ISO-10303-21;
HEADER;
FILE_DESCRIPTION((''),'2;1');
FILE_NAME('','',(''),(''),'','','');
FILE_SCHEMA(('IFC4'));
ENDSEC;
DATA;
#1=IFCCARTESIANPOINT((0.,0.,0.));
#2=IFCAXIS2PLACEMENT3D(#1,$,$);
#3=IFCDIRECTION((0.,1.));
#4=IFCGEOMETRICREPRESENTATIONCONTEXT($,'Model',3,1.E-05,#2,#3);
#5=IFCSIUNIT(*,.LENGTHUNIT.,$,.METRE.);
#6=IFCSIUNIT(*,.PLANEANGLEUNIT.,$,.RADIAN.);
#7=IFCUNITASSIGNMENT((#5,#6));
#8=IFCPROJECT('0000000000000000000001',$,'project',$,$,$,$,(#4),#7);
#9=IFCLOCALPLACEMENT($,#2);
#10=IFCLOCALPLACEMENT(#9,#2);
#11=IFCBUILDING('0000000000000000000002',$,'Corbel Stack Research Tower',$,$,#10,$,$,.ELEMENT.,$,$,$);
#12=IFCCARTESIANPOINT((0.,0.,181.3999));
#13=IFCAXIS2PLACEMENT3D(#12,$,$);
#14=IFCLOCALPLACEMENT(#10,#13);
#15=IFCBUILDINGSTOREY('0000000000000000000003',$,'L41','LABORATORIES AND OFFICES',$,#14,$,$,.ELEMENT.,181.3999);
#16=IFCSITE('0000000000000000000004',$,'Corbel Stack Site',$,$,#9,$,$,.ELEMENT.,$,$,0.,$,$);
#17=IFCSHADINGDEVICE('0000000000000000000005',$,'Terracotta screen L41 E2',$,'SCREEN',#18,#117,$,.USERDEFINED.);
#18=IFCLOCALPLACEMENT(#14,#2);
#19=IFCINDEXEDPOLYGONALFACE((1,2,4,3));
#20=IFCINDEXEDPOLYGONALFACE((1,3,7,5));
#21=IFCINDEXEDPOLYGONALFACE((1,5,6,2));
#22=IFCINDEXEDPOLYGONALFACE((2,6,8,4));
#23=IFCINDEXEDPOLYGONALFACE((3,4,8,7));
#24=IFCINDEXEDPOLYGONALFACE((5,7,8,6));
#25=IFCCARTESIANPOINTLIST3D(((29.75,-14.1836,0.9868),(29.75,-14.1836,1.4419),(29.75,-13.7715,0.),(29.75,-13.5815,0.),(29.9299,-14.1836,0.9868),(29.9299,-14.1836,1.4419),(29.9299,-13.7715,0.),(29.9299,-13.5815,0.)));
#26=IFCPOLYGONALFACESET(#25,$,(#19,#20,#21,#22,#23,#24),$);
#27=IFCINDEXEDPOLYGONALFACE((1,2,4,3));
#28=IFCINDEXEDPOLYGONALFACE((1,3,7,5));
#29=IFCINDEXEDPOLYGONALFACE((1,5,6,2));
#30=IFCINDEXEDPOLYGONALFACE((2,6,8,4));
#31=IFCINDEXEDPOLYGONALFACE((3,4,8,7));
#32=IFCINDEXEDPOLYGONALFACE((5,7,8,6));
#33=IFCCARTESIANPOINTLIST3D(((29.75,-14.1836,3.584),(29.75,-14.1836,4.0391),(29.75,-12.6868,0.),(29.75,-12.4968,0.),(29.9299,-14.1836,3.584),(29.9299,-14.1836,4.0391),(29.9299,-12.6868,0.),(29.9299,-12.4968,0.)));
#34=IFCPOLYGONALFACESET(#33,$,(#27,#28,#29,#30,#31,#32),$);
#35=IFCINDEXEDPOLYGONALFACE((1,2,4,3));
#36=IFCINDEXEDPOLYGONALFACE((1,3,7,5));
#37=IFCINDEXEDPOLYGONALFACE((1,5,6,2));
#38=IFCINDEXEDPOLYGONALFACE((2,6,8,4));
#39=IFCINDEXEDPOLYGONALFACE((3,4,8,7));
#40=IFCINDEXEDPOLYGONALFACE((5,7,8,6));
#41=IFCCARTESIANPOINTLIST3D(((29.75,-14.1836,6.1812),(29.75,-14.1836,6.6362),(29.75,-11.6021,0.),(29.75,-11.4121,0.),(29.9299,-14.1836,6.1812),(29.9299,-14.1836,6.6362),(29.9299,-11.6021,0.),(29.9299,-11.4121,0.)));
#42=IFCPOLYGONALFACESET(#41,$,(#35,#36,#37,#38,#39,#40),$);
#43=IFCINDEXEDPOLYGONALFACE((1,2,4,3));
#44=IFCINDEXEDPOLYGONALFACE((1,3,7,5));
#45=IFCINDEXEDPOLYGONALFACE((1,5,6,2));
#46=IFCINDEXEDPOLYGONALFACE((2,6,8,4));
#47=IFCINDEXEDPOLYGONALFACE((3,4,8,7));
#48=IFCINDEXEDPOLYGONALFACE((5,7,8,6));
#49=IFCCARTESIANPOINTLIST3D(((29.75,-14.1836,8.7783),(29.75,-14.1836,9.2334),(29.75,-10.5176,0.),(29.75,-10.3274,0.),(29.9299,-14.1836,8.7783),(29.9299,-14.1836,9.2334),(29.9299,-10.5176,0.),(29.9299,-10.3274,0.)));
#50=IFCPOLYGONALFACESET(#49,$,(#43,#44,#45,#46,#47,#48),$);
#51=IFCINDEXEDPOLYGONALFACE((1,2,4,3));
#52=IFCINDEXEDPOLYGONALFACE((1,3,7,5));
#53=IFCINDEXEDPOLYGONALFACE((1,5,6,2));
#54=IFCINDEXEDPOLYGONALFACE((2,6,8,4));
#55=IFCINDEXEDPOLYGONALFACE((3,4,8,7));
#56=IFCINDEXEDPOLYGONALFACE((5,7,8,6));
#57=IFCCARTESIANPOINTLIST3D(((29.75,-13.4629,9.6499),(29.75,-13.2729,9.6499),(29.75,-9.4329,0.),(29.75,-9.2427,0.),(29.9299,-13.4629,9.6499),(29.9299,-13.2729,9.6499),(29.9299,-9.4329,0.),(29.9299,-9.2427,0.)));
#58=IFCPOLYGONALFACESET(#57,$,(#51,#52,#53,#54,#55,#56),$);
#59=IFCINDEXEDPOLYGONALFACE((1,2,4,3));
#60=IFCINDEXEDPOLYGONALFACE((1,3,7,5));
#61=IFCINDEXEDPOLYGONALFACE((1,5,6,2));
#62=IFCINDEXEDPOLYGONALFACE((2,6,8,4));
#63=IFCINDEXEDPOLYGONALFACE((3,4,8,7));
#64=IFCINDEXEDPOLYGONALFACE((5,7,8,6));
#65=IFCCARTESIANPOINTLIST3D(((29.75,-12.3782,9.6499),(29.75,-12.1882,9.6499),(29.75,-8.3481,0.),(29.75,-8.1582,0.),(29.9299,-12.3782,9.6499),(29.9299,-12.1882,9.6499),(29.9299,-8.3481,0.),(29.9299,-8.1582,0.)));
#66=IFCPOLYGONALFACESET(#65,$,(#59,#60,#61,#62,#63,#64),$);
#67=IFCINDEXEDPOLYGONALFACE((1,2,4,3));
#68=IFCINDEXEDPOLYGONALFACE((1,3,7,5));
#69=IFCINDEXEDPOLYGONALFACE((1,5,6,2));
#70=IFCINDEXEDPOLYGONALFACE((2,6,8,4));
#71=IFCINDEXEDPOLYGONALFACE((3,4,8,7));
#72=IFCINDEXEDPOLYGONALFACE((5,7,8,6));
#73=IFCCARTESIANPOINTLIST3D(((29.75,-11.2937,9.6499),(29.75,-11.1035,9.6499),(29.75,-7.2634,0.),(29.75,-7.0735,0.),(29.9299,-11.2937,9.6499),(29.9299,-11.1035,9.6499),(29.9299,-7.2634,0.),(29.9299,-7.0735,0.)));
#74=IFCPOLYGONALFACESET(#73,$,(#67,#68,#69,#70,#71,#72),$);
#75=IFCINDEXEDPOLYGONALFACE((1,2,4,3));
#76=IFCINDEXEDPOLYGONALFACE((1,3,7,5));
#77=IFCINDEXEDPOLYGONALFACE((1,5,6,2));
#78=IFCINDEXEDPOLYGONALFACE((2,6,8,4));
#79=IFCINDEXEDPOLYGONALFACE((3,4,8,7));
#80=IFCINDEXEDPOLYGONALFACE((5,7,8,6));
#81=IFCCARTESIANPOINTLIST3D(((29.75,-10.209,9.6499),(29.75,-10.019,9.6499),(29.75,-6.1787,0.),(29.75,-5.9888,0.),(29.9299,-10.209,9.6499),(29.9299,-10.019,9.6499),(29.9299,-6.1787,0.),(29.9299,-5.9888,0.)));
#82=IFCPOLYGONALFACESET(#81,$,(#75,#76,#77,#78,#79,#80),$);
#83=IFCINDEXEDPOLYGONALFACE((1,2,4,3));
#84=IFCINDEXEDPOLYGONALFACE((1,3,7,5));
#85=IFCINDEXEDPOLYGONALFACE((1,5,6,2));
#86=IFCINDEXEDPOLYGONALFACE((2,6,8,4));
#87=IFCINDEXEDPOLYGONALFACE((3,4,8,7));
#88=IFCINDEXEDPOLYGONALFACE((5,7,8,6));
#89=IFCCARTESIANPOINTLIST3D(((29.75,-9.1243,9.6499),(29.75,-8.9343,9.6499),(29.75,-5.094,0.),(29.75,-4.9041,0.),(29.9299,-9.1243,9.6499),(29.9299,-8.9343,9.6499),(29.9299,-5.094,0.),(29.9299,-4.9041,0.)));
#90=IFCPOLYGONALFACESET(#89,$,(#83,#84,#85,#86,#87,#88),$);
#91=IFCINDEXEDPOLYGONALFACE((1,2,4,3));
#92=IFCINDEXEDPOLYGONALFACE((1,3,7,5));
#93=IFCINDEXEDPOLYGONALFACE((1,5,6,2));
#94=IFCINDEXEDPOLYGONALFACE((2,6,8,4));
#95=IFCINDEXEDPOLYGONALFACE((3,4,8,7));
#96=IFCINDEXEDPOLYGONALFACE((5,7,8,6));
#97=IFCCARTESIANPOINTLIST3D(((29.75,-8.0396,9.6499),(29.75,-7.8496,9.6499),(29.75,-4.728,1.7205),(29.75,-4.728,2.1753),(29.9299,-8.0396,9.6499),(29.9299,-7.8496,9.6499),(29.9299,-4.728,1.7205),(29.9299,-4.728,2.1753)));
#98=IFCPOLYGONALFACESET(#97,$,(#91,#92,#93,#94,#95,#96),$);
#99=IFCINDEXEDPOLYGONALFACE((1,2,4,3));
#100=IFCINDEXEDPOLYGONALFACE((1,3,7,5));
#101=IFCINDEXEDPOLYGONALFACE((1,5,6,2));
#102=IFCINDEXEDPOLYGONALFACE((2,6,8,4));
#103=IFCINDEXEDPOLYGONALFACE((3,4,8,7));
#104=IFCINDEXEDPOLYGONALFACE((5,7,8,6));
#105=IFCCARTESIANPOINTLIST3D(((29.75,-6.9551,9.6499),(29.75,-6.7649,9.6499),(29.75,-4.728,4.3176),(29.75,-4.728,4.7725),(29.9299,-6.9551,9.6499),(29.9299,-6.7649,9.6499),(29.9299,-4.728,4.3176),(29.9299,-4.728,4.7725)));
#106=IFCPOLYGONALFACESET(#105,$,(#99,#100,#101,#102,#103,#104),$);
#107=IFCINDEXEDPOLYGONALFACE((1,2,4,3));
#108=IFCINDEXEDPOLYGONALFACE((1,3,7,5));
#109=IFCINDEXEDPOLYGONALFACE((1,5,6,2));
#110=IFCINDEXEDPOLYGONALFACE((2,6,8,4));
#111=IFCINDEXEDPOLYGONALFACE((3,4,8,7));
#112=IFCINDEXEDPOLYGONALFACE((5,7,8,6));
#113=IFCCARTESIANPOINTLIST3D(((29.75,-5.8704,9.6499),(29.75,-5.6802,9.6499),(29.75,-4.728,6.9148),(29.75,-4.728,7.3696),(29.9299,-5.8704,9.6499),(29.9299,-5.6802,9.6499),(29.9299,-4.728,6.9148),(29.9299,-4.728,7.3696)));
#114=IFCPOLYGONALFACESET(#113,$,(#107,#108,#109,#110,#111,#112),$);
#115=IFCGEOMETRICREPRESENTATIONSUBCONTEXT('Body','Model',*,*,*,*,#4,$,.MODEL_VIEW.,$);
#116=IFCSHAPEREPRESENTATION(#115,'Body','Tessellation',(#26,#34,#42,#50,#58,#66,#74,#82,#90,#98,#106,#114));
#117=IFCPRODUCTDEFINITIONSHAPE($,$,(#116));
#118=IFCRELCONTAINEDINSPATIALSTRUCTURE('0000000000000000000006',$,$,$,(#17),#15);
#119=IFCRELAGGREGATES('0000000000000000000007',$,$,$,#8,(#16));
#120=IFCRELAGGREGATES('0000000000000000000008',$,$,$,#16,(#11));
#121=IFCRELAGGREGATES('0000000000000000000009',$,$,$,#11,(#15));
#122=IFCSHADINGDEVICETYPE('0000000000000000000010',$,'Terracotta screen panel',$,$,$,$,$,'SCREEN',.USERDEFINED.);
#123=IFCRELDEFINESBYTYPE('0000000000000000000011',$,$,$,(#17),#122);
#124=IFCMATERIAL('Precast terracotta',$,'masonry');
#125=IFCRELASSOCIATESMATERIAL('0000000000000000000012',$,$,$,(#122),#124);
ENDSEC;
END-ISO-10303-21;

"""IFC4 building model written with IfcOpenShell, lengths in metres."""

from ifc_helpers import new_model, si_unit, direction, frame, origin, place, context, subcontext, project, spatial, polyline, outline, extrude, source, transform, mapped, material, type_object, element, save


model = new_model("IFC4")

# Units and contexts
model_context = context("Model", 3, precision=1e-05, world=origin(), true_north=direction((0.0, 1.0)))
body_context = subcontext(model_context, "Body", "Model", "MODEL_VIEW")
ifc_project = project(units=[si_unit("LENGTHUNIT", "METRE"), si_unit("PLANEANGLEUNIT", "RADIAN")], contexts=[model_context])

# Site, building, storey
site_placement = place(None, origin())
site = spatial("IfcSite", under=ifc_project, at=site_placement, Name="Corbel Stack Site", CompositionType="ELEMENT", RefElevation=0.0)
building_placement = place(site_placement, origin())
building = spatial("IfcBuilding", under=site, at=building_placement, Name="Corbel Stack Research Tower", CompositionType="ELEMENT")
storey_placement = place(building_placement, frame((0.0, 0.0, 181.3999)))
storey = spatial("IfcBuildingStorey", under=building, at=storey_placement, Name="L41", Description="LABORATORIES AND OFFICES", CompositionType="ELEMENT", Elevation=181.3999)

# Shading device
ifc_material_1 = material(Name="Precast terracotta", Category="masonry")
shading_device_type = type_object("IfcShadingDeviceType", Name="Terracotta screen panel", ElementType="SCREEN", PredefinedType="USERDEFINED", material=ifc_material_1)
shared_shape_1 = source(origin(), body_context, "Body", "SweptSolid", [
    extrude(outline(polyline([(0.6021, 0.0), (0.0, 1.4419), (0.0, 0.9868), (0.4121, 0.0), (0.6021, 0.0)])), frame((0.0, 0.0, 0.0), z_axis=(0.0, -1.0, 0.0), x_axis=(1.0, 0.0, 0.0)), (0.0, 0.0, 1.0), 0.1799),
    extrude(outline(polyline([(1.6868, 0.0), (0.0, 4.0391), (0.0, 3.584), (1.4968, 0.0), (1.6868, 0.0)])), frame((0.0, 0.0, 0.0), z_axis=(0.0, -1.0, 0.0), x_axis=(1.0, 0.0, 0.0)), (0.0, 0.0, 1.0), 0.1799),
    extrude(outline(polyline([(2.7715, 0.0), (0.0, 6.6362), (0.0, 6.1812), (2.5815, 0.0), (2.7715, 0.0)])), frame((0.0, 0.0, 0.0), z_axis=(0.0, -1.0, 0.0), x_axis=(1.0, 0.0, 0.0)), (0.0, 0.0, 1.0), 0.1799),
    extrude(outline(polyline([(3.8562, 0.0), (0.0, 9.2334), (0.0, 8.7783), (3.666, 0.0), (3.8562, 0.0)])), frame((0.0, 0.0, 0.0), z_axis=(0.0, -1.0, 0.0), x_axis=(1.0, 0.0, 0.0)), (0.0, 0.0, 1.0), 0.1799),
    extrude(outline(polyline([(4.9409, 0.0), (0.9106, 9.6499), (0.7207, 9.6499), (4.7507, 0.0), (4.9409, 0.0)])), frame((0.0, 0.0, 0.0), z_axis=(0.0, -1.0, 0.0), x_axis=(1.0, 0.0, 0.0)), (0.0, 0.0, 1.0), 0.1799),
    extrude(outline(polyline([(6.0254, 0.0), (1.9954, 9.6499), (1.8054, 9.6499), (5.8354, 0.0), (6.0254, 0.0)])), frame((0.0, 0.0, 0.0), z_axis=(0.0, -1.0, 0.0), x_axis=(1.0, 0.0, 0.0)), (0.0, 0.0, 1.0), 0.1799),
    extrude(outline(polyline([(7.1101, 0.0), (3.0801, 9.6499), (2.8899, 9.6499), (6.9202, 0.0), (7.1101, 0.0)])), frame((0.0, 0.0, 0.0), z_axis=(0.0, -1.0, 0.0), x_axis=(1.0, 0.0, 0.0)), (0.0, 0.0, 1.0), 0.1799),
    extrude(outline(polyline([(8.1948, 0.0), (4.1646, 9.6499), (3.9746, 9.6499), (8.0049, 0.0), (8.1948, 0.0)])), frame((0.0, 0.0, 0.0), z_axis=(0.0, -1.0, 0.0), x_axis=(1.0, 0.0, 0.0)), (0.0, 0.0, 1.0), 0.1799),
    extrude(outline(polyline([(9.2795, 0.0), (5.2493, 9.6499), (5.0593, 9.6499), (9.0896, 0.0), (9.2795, 0.0)])), frame((0.0, 0.0, 0.0), z_axis=(0.0, -1.0, 0.0), x_axis=(1.0, 0.0, 0.0)), (0.0, 0.0, 1.0), 0.1799),
    extrude(outline(polyline([(6.334, 9.6499), (6.144, 9.6499), (9.4556, 1.7205), (9.4556, 2.1753), (6.334, 9.6499)])), frame((0.0, 0.0, 0.0), z_axis=(0.0, -1.0, 0.0), x_axis=(1.0, 0.0, 0.0)), (0.0, 0.0, 1.0), 0.1799),
    extrude(outline(polyline([(7.4187, 9.6499), (7.2285, 9.6499), (9.4556, 4.3176), (9.4556, 4.7725), (7.4187, 9.6499)])), frame((0.0, 0.0, 0.0), z_axis=(0.0, -1.0, 0.0), x_axis=(1.0, 0.0, 0.0)), (0.0, 0.0, 1.0), 0.1799),
    extrude(outline(polyline([(8.5034, 9.6499), (8.3132, 9.6499), (9.4556, 6.9148), (9.4556, 7.3696), (8.5034, 9.6499)])), frame((0.0, 0.0, 0.0), z_axis=(0.0, -1.0, 0.0), x_axis=(1.0, 0.0, 0.0)), (0.0, 0.0, 1.0), 0.1799),
])
shading_device_1_placement = place(storey_placement, frame((29.75, -14.1836, 0.0), z_axis=(0.0, 0.0, 1.0), x_axis=(0.0, 1.0, 0.0)))
element("IfcShadingDevice", 1, at=shading_device_1_placement, inside=storey, type_object=shading_device_type, Name="Terracotta screen L41 E2", ObjectType="SCREEN", PredefinedType="USERDEFINED", context=body_context, shape_type="MappedRepresentation", body=[
    mapped(shared_shape_1, transform((0.0, 0.0, 0.0))),
])

save(model, "model.ifc")
